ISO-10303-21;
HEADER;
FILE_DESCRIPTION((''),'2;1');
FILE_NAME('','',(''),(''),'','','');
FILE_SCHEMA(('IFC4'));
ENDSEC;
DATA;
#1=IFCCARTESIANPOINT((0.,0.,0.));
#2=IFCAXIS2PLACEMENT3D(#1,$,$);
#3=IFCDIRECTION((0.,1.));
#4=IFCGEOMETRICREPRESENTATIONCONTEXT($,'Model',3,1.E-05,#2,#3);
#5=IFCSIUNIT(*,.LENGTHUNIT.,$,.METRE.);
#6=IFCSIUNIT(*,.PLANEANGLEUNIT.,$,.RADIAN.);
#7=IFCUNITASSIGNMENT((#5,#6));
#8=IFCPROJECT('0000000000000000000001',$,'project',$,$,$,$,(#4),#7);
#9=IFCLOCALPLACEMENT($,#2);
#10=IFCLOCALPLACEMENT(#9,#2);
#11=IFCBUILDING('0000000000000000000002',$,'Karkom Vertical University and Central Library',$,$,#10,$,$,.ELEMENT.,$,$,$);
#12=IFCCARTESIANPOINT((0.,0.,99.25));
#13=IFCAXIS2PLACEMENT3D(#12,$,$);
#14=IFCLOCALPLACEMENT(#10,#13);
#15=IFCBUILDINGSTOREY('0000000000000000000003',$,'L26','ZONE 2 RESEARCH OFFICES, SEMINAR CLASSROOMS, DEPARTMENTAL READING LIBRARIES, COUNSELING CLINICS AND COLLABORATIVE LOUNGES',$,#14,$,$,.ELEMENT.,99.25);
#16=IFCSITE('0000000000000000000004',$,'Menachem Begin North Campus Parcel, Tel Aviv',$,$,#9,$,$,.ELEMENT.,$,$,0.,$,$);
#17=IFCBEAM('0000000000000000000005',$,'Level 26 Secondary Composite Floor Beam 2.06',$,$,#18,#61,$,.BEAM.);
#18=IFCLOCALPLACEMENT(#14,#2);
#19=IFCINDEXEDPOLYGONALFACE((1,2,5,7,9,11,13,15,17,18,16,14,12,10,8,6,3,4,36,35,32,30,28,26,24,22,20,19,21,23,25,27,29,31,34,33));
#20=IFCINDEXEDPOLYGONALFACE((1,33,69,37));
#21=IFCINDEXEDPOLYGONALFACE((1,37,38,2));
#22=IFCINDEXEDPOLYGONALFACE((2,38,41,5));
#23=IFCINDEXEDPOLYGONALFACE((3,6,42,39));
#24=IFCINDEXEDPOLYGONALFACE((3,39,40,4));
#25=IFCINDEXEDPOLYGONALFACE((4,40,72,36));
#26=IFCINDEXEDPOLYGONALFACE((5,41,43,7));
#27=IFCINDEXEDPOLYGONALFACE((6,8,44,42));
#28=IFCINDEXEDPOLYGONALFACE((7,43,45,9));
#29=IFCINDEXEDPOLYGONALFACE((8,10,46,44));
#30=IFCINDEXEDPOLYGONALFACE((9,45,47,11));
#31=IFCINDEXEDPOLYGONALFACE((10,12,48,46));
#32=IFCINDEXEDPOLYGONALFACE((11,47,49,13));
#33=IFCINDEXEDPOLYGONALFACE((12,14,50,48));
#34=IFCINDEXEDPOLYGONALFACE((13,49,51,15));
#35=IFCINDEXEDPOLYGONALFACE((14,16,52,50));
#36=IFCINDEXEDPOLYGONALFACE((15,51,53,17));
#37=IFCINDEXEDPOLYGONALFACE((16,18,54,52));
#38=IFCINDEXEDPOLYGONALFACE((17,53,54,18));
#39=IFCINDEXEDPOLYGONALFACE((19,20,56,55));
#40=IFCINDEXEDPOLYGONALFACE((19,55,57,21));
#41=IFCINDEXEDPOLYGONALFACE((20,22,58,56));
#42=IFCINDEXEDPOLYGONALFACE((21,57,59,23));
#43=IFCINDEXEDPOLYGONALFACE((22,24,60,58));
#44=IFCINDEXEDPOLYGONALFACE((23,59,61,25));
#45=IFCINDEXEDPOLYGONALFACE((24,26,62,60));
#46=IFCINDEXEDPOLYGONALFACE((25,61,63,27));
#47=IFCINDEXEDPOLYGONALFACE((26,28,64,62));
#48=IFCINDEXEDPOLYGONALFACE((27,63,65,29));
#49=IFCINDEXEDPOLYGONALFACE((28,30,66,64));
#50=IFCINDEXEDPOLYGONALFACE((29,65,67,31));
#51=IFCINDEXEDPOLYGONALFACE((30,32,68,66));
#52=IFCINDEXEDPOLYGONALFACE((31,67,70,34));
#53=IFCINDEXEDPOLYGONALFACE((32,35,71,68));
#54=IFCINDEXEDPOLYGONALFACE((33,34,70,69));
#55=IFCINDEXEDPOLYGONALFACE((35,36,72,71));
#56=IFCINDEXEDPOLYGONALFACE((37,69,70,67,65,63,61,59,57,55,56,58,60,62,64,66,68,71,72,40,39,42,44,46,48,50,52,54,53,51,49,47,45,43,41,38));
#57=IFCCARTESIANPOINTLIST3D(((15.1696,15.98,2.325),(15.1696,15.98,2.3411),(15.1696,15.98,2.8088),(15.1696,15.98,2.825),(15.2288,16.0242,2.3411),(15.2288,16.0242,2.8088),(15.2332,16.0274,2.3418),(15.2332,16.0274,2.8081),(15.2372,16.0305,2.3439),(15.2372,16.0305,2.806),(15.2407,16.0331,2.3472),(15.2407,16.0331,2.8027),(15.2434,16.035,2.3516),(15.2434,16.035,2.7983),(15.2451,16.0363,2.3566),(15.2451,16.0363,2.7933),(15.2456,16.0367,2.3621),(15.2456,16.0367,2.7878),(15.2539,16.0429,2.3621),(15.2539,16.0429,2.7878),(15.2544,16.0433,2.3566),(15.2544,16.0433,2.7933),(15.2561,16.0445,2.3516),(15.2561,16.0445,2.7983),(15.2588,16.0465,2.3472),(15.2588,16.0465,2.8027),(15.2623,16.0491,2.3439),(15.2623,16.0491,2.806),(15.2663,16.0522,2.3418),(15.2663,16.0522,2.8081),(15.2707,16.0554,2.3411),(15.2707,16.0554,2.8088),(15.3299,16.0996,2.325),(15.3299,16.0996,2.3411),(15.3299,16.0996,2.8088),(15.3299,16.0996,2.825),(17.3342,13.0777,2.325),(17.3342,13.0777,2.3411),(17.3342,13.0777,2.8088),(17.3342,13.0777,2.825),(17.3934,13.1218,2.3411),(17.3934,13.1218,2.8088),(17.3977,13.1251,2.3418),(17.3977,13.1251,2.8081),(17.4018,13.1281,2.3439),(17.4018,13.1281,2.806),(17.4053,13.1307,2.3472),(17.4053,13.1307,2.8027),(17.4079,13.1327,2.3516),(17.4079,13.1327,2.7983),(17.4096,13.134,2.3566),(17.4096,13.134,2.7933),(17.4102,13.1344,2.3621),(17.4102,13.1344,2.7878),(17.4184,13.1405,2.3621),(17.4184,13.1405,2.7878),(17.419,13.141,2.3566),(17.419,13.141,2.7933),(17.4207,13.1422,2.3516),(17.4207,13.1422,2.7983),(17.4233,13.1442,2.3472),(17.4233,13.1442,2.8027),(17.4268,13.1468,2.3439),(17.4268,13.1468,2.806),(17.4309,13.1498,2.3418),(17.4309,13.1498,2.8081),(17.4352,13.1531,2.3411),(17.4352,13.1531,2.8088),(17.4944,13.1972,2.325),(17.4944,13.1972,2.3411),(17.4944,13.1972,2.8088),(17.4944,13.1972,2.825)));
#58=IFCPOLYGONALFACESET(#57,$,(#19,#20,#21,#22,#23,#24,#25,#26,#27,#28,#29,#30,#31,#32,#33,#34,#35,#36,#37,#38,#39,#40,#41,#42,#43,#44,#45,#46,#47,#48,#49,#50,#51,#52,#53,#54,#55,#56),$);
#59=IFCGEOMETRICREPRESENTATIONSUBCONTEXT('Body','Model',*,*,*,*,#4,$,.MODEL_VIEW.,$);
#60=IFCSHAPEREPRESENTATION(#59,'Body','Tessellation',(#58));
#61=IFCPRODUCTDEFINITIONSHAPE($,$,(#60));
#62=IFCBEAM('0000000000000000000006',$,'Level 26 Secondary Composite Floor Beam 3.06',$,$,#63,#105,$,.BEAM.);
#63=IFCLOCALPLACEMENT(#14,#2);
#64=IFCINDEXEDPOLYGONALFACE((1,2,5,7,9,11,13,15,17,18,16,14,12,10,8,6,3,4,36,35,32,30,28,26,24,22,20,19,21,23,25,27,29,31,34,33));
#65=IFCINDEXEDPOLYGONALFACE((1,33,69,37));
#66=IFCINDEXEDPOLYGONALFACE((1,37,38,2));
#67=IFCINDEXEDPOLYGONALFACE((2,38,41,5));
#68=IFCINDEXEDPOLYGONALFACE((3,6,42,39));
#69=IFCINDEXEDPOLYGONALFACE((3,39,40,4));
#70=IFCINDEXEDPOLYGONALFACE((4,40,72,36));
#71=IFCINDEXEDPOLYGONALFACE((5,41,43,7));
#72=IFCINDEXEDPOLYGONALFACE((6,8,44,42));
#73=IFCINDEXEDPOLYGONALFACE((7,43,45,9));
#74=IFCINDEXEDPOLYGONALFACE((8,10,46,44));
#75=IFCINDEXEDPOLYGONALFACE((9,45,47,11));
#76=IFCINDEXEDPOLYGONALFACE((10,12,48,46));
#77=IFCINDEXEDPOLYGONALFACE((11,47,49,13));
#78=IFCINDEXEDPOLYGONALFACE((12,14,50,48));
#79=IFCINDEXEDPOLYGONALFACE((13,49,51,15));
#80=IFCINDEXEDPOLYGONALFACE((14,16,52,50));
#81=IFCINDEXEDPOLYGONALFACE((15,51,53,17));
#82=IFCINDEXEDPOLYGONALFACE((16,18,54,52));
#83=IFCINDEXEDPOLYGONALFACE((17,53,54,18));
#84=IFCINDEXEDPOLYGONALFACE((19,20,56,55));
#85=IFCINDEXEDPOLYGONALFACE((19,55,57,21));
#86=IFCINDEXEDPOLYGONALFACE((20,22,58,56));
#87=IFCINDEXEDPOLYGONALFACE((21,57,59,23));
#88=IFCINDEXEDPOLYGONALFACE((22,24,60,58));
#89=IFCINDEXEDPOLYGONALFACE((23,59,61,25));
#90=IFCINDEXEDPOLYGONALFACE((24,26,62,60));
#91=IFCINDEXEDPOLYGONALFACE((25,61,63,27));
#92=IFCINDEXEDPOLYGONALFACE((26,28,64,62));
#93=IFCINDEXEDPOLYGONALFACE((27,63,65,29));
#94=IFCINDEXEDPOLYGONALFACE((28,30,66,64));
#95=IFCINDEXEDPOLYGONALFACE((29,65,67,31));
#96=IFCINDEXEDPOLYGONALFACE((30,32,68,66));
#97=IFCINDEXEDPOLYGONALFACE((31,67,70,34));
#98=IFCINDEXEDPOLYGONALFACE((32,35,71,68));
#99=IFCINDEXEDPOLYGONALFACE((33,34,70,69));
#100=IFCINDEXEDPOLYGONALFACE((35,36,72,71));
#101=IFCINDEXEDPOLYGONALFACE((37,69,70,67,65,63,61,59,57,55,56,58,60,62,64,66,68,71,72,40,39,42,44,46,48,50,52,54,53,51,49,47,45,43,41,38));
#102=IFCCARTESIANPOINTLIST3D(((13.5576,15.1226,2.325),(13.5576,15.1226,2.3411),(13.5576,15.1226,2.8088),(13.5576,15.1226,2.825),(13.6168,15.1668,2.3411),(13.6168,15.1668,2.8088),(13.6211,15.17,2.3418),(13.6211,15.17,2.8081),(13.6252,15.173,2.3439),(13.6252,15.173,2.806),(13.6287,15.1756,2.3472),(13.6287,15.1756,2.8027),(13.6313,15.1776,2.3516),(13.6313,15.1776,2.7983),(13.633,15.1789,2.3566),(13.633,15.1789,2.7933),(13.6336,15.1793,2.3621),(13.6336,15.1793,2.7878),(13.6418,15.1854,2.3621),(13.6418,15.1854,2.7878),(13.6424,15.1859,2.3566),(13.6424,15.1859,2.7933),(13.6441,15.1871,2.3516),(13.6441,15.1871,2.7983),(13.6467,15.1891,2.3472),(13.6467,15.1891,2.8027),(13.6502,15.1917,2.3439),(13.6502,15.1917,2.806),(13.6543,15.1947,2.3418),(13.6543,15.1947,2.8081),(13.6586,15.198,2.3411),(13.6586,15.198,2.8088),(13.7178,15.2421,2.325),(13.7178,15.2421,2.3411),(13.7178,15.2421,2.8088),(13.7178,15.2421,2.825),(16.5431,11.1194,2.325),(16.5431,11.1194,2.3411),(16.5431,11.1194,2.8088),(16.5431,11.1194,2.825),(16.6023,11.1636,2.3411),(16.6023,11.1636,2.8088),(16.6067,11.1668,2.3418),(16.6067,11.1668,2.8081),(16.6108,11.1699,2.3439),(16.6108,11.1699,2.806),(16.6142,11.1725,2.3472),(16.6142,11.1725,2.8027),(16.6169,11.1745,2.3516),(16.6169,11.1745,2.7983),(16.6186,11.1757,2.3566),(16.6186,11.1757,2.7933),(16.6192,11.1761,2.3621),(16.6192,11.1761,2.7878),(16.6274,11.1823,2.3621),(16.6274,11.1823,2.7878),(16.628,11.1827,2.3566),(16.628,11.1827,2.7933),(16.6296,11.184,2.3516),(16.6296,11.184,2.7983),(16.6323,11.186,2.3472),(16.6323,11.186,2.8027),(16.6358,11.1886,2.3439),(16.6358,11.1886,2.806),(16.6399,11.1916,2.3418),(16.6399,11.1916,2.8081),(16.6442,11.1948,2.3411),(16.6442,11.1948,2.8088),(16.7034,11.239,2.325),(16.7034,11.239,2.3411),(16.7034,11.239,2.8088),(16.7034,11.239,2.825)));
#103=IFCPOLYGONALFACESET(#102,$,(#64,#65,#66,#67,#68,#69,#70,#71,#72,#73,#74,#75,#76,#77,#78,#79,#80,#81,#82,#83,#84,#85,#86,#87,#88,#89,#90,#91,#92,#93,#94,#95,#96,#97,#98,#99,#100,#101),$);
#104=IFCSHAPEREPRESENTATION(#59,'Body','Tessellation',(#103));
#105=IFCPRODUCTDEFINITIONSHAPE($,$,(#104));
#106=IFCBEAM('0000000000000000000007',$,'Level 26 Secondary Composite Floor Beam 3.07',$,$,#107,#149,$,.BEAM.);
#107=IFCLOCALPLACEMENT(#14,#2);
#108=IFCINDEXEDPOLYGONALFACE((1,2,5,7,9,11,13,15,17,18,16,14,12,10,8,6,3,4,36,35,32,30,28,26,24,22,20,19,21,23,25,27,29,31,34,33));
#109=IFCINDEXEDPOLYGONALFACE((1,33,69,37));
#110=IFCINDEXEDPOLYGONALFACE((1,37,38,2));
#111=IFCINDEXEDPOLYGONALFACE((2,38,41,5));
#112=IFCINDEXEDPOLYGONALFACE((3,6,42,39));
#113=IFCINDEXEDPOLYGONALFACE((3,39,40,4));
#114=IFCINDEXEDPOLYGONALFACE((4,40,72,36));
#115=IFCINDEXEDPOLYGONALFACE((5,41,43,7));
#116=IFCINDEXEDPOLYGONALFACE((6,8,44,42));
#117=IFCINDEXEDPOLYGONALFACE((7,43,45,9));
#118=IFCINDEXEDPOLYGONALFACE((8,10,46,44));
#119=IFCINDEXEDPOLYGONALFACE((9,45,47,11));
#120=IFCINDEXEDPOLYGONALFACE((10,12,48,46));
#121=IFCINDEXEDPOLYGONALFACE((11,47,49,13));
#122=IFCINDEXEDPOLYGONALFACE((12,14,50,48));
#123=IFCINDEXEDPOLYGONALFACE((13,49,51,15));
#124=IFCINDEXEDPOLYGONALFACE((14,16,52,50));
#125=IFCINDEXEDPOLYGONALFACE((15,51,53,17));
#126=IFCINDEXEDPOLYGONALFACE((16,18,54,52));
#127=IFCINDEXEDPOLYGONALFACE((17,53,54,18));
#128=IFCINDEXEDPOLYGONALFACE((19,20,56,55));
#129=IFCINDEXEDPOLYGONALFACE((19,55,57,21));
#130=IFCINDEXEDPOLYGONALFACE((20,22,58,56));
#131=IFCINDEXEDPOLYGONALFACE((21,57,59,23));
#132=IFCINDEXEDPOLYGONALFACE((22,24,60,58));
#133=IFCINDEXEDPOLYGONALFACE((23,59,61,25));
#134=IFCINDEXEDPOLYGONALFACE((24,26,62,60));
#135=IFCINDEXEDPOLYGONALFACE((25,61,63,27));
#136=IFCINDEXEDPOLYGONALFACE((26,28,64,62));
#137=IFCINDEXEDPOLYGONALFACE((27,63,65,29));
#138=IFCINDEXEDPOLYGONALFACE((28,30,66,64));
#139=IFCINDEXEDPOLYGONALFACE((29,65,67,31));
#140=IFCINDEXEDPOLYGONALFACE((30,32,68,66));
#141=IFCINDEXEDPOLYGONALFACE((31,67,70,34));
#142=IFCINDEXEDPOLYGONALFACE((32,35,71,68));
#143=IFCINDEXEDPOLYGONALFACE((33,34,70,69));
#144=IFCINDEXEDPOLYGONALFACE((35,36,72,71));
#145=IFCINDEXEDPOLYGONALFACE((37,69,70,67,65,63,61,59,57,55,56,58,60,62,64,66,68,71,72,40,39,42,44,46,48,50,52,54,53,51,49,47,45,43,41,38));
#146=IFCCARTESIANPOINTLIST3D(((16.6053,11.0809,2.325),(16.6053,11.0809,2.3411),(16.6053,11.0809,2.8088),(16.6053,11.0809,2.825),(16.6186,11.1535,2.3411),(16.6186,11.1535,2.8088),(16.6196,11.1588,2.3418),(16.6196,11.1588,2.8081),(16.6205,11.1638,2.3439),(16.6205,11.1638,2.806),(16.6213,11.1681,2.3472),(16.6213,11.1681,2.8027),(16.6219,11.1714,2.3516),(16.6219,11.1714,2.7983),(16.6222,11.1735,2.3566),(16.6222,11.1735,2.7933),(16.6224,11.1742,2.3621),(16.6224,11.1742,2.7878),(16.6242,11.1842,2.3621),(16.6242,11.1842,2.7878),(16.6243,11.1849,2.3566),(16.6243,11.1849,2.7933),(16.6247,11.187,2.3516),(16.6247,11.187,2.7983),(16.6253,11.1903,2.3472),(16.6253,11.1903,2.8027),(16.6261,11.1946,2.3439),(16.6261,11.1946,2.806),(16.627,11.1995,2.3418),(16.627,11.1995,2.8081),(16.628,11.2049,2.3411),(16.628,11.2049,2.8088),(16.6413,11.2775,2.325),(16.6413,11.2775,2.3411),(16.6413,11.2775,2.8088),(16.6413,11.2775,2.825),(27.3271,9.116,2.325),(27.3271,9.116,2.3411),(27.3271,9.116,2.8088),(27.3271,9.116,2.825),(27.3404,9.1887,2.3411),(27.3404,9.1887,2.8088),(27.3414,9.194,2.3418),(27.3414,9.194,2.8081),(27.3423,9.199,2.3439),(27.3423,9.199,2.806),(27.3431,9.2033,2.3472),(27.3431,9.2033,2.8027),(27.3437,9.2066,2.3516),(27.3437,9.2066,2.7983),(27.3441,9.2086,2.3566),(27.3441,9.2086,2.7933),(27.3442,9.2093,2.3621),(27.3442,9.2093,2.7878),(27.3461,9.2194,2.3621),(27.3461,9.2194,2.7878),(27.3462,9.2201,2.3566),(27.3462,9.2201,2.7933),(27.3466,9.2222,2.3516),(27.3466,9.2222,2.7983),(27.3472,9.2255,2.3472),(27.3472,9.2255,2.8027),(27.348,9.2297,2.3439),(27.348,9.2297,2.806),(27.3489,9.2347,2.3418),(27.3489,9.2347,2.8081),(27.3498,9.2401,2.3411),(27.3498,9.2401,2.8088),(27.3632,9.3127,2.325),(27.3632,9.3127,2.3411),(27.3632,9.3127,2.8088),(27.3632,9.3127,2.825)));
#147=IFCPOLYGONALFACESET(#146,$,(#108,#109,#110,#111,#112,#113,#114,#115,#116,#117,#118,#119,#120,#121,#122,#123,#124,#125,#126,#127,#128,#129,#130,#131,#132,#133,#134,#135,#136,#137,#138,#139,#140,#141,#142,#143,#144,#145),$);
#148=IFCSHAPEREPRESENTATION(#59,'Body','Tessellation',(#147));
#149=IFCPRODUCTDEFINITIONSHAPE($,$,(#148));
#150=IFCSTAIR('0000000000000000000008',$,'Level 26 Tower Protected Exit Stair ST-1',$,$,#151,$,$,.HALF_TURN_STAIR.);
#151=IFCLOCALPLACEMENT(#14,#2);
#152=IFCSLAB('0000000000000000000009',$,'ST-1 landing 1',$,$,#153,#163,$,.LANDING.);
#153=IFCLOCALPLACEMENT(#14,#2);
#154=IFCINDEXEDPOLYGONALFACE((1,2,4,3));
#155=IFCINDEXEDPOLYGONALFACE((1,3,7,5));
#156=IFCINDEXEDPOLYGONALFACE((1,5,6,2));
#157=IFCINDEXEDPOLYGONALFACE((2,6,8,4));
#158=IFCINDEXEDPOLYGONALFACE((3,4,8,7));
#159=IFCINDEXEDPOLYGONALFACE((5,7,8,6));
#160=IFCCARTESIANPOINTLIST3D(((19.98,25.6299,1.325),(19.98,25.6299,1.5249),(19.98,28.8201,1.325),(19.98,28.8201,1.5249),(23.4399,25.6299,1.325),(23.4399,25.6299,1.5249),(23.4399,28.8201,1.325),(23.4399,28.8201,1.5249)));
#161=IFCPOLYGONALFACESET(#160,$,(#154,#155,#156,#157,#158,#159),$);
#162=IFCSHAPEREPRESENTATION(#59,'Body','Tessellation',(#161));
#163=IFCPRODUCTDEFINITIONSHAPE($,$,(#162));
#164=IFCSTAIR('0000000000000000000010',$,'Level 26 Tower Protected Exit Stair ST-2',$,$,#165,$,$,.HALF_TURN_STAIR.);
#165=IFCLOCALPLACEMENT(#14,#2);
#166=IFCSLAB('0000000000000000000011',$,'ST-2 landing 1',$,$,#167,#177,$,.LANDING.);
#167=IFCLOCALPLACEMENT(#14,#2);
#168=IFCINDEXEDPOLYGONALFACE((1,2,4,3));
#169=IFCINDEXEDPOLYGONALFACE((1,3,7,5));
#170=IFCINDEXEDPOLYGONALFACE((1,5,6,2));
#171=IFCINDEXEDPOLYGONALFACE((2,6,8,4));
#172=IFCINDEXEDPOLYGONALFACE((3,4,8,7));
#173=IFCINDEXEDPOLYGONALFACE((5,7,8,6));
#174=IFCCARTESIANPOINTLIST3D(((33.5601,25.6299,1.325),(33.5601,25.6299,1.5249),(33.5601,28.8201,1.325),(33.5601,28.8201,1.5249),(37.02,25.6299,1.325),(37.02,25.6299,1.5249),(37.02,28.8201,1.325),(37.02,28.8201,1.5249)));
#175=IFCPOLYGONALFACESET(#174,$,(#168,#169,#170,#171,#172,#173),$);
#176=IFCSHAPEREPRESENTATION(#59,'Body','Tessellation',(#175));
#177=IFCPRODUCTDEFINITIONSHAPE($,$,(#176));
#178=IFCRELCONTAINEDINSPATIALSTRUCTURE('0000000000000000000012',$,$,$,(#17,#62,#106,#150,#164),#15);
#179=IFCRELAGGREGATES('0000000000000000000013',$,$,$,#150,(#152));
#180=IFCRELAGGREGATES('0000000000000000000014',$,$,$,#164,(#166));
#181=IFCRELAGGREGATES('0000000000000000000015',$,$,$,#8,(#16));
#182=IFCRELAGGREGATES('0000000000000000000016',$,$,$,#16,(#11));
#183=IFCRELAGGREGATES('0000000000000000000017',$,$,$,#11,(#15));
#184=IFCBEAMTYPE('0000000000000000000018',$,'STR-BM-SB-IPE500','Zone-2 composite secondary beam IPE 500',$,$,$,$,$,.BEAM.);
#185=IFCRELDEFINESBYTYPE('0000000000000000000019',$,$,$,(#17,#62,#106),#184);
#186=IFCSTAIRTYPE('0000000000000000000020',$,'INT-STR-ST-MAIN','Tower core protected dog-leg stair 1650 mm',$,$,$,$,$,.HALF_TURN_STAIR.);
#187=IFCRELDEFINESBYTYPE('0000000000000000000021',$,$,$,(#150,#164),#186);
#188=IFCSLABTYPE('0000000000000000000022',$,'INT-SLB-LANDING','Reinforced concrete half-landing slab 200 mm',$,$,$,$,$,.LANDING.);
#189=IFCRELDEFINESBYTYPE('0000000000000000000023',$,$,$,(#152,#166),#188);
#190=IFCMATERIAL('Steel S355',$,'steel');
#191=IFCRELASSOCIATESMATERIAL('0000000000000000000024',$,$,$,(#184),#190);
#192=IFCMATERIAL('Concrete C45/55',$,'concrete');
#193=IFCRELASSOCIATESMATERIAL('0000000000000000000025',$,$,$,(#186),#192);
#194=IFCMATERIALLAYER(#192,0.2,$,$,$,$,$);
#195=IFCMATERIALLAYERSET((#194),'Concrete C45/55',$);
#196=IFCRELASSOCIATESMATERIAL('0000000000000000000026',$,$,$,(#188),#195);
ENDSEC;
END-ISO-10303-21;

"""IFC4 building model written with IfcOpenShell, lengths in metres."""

from ifc_helpers import new_model, si_unit, direction, frame, origin, origin_with_axes, origin_2d, place, context, subcontext, project, spatial, polyline, i_section, outline, extrude, source, transform, mapped, material, layer, layer_set, material_profile, profile_set, type_object, element, aggregate, save


model = new_model("IFC4")

# Units and contexts
model_context = context("Model", 3, precision=1e-05, world=origin(), true_north=direction((0.0, 1.0)))
body_context = subcontext(model_context, "Body", "Model", "MODEL_VIEW")
ifc_project = project(units=[si_unit("LENGTHUNIT", "METRE"), si_unit("PLANEANGLEUNIT", "RADIAN")], contexts=[model_context])

# Site, building, storey
site_placement = place(None, origin())
site = spatial("IfcSite", under=ifc_project, at=site_placement, Name="Menachem Begin North Campus Parcel, Tel Aviv", CompositionType="ELEMENT", RefElevation=0.0)
building_placement = place(site_placement, origin())
building = spatial("IfcBuilding", under=site, at=building_placement, Name="Karkom Vertical University and Central Library", CompositionType="ELEMENT")
storey_placement = place(building_placement, frame((0.0, 0.0, 99.25)))
storey = spatial("IfcBuildingStorey", under=building, at=storey_placement, Name="L26", Description="ZONE 2 RESEARCH OFFICES, SEMINAR CLASSROOMS, DEPARTMENTAL READING LIBRARIES, COUNSELING CLINICS AND COLLABORATIVE LOUNGES", CompositionType="ELEMENT", Elevation=99.25)

# Beams
ifc_material_1 = material(Name="Steel S355", Category="steel")
ifc_material_profile_1 = material_profile(ifc_material_1, i_section(OverallWidth=0.2, OverallDepth=0.5, WebThickness=0.0103, FlangeThickness=0.0161, FilletRadius=0.021, at=origin_2d()), Name="IPE 500")
ifc_profile_set_1 = profile_set([ifc_material_profile_1], Name="Steel S355")
beam_type_1 = type_object("IfcBeamType", Name="STR-BM-SB-IPE500", Description="Zone-2 composite secondary beam IPE 500", PredefinedType="BEAM", material=ifc_profile_set_1)
shared_shape_1 = source(origin_with_axes(), body_context, "Body", "SweptSolid", [
    extrude(i_section(OverallWidth=0.2, OverallDepth=0.5, WebThickness=0.0103, FlangeThickness=0.0161, FilletRadius=0.021, at=origin_2d()), origin(), (0.0, 0.0, 1.0), 3.6206),
])
beam_1_placement = place(storey_placement, frame((15.2498, 16.0398, 2.575), z_axis=(0.59784, -0.801615, 0.0), x_axis=(0.801615, 0.59784, 0.0)))
element("IfcBeam", 1, at=beam_1_placement, inside=storey, type_object=beam_type_1, Name="Level 26 Secondary Composite Floor Beam 2.06", PredefinedType="BEAM", context=body_context, shape_type="MappedRepresentation", body=[
    mapped(shared_shape_1, transform((0.0, 0.0, 0.0), scale=1.0)),
])
shared_shape_2 = source(origin_with_axes(), body_context, "Body", "SweptSolid", [
    extrude(i_section(OverallWidth=0.2, OverallDepth=0.5, WebThickness=0.0103, FlangeThickness=0.0161, FilletRadius=0.021, at=origin_2d()), origin(), (0.0, 0.0, 1.0), 4.9939),
])
beam_2_placement = place(storey_placement, frame((13.6377, 15.1824, 2.575), z_axis=(0.597847, -0.80161, 0.0), x_axis=(0.80161, 0.597847, 0.0)))
element("IfcBeam", 2, at=beam_2_placement, inside=storey, type_object=beam_type_1, Name="Level 26 Secondary Composite Floor Beam 3.06", PredefinedType="BEAM", context=body_context, shape_type="MappedRepresentation", body=[
    mapped(shared_shape_2, transform((0.0, 0.0, 0.0), scale=1.0)),
])
shared_shape_3 = source(origin_with_axes(), body_context, "Body", "SweptSolid", [
    extrude(i_section(OverallWidth=0.2, OverallDepth=0.5, WebThickness=0.0103, FlangeThickness=0.0161, FilletRadius=0.021, at=origin_2d()), origin(), (0.0, 0.0, 1.0), 10.9004),
])
beam_3_placement = place(storey_placement, frame((16.6233, 11.1792, 2.575), z_axis=(0.98362, -0.180253, 0.0), x_axis=(0.180253, 0.98362, 0.0)))
element("IfcBeam", 3, at=beam_3_placement, inside=storey, type_object=beam_type_1, Name="Level 26 Secondary Composite Floor Beam 3.07", PredefinedType="BEAM", context=body_context, shape_type="MappedRepresentation", body=[
    mapped(shared_shape_3, transform((0.0, 0.0, 0.0), scale=1.0)),
])

# Stairs, slabs
ifc_material_2 = material(Name="Concrete C45/55", Category="concrete")
stair_type = type_object("IfcStairType", Name="INT-STR-ST-MAIN", Description="Tower core protected dog-leg stair 1650 mm", PredefinedType="HALF_TURN_STAIR", material=ifc_material_2)
stair_1_placement = place(storey_placement, origin())
stair_1 = element("IfcStair", 4, at=stair_1_placement, inside=storey, type_object=stair_type, Name="Level 26 Tower Protected Exit Stair ST-1", PredefinedType="HALF_TURN_STAIR")
ifc_layer_1 = layer(ifc_material_2, 0.2)
ifc_layer_set_1 = layer_set([ifc_layer_1], Name="Concrete C45/55")
slab_type_1 = type_object("IfcSlabType", Name="INT-SLB-LANDING", Description="Reinforced concrete half-landing slab 200 mm", PredefinedType="LANDING", material=ifc_layer_set_1)
slab_1_placement = place(storey_placement, frame((0.0, 0.0, 1.325)))
slab_1 = element("IfcSlab", 5, at=slab_1_placement, type_object=slab_type_1, Name="ST-1 landing 1", PredefinedType="LANDING", context=body_context, shape_type="SweptSolid", body=[
    extrude(outline(polyline([(23.4399, 25.6299), (23.4399, 28.8201), (19.98, 28.8201), (19.98, 25.6299), (23.4399, 25.6299)])), origin(), (0.0, 0.0, 1.0), 0.2),
])
aggregate(stair_1, [slab_1])
stair_2_placement = place(storey_placement, origin())
stair_2 = element("IfcStair", 6, at=stair_2_placement, inside=storey, type_object=stair_type, Name="Level 26 Tower Protected Exit Stair ST-2", PredefinedType="HALF_TURN_STAIR")
slab_2_placement = place(storey_placement, frame((0.0, 0.0, 1.325)))
slab_2 = element("IfcSlab", 7, at=slab_2_placement, type_object=slab_type_1, Name="ST-2 landing 1", PredefinedType="LANDING", context=body_context, shape_type="SweptSolid", body=[
    extrude(outline(polyline([(37.02, 25.6299), (37.02, 28.8201), (33.5601, 28.8201), (33.5601, 25.6299), (37.02, 25.6299)])), origin(), (0.0, 0.0, 1.0), 0.2),
])
aggregate(stair_2, [slab_2])

save(model, "model.ifc")
